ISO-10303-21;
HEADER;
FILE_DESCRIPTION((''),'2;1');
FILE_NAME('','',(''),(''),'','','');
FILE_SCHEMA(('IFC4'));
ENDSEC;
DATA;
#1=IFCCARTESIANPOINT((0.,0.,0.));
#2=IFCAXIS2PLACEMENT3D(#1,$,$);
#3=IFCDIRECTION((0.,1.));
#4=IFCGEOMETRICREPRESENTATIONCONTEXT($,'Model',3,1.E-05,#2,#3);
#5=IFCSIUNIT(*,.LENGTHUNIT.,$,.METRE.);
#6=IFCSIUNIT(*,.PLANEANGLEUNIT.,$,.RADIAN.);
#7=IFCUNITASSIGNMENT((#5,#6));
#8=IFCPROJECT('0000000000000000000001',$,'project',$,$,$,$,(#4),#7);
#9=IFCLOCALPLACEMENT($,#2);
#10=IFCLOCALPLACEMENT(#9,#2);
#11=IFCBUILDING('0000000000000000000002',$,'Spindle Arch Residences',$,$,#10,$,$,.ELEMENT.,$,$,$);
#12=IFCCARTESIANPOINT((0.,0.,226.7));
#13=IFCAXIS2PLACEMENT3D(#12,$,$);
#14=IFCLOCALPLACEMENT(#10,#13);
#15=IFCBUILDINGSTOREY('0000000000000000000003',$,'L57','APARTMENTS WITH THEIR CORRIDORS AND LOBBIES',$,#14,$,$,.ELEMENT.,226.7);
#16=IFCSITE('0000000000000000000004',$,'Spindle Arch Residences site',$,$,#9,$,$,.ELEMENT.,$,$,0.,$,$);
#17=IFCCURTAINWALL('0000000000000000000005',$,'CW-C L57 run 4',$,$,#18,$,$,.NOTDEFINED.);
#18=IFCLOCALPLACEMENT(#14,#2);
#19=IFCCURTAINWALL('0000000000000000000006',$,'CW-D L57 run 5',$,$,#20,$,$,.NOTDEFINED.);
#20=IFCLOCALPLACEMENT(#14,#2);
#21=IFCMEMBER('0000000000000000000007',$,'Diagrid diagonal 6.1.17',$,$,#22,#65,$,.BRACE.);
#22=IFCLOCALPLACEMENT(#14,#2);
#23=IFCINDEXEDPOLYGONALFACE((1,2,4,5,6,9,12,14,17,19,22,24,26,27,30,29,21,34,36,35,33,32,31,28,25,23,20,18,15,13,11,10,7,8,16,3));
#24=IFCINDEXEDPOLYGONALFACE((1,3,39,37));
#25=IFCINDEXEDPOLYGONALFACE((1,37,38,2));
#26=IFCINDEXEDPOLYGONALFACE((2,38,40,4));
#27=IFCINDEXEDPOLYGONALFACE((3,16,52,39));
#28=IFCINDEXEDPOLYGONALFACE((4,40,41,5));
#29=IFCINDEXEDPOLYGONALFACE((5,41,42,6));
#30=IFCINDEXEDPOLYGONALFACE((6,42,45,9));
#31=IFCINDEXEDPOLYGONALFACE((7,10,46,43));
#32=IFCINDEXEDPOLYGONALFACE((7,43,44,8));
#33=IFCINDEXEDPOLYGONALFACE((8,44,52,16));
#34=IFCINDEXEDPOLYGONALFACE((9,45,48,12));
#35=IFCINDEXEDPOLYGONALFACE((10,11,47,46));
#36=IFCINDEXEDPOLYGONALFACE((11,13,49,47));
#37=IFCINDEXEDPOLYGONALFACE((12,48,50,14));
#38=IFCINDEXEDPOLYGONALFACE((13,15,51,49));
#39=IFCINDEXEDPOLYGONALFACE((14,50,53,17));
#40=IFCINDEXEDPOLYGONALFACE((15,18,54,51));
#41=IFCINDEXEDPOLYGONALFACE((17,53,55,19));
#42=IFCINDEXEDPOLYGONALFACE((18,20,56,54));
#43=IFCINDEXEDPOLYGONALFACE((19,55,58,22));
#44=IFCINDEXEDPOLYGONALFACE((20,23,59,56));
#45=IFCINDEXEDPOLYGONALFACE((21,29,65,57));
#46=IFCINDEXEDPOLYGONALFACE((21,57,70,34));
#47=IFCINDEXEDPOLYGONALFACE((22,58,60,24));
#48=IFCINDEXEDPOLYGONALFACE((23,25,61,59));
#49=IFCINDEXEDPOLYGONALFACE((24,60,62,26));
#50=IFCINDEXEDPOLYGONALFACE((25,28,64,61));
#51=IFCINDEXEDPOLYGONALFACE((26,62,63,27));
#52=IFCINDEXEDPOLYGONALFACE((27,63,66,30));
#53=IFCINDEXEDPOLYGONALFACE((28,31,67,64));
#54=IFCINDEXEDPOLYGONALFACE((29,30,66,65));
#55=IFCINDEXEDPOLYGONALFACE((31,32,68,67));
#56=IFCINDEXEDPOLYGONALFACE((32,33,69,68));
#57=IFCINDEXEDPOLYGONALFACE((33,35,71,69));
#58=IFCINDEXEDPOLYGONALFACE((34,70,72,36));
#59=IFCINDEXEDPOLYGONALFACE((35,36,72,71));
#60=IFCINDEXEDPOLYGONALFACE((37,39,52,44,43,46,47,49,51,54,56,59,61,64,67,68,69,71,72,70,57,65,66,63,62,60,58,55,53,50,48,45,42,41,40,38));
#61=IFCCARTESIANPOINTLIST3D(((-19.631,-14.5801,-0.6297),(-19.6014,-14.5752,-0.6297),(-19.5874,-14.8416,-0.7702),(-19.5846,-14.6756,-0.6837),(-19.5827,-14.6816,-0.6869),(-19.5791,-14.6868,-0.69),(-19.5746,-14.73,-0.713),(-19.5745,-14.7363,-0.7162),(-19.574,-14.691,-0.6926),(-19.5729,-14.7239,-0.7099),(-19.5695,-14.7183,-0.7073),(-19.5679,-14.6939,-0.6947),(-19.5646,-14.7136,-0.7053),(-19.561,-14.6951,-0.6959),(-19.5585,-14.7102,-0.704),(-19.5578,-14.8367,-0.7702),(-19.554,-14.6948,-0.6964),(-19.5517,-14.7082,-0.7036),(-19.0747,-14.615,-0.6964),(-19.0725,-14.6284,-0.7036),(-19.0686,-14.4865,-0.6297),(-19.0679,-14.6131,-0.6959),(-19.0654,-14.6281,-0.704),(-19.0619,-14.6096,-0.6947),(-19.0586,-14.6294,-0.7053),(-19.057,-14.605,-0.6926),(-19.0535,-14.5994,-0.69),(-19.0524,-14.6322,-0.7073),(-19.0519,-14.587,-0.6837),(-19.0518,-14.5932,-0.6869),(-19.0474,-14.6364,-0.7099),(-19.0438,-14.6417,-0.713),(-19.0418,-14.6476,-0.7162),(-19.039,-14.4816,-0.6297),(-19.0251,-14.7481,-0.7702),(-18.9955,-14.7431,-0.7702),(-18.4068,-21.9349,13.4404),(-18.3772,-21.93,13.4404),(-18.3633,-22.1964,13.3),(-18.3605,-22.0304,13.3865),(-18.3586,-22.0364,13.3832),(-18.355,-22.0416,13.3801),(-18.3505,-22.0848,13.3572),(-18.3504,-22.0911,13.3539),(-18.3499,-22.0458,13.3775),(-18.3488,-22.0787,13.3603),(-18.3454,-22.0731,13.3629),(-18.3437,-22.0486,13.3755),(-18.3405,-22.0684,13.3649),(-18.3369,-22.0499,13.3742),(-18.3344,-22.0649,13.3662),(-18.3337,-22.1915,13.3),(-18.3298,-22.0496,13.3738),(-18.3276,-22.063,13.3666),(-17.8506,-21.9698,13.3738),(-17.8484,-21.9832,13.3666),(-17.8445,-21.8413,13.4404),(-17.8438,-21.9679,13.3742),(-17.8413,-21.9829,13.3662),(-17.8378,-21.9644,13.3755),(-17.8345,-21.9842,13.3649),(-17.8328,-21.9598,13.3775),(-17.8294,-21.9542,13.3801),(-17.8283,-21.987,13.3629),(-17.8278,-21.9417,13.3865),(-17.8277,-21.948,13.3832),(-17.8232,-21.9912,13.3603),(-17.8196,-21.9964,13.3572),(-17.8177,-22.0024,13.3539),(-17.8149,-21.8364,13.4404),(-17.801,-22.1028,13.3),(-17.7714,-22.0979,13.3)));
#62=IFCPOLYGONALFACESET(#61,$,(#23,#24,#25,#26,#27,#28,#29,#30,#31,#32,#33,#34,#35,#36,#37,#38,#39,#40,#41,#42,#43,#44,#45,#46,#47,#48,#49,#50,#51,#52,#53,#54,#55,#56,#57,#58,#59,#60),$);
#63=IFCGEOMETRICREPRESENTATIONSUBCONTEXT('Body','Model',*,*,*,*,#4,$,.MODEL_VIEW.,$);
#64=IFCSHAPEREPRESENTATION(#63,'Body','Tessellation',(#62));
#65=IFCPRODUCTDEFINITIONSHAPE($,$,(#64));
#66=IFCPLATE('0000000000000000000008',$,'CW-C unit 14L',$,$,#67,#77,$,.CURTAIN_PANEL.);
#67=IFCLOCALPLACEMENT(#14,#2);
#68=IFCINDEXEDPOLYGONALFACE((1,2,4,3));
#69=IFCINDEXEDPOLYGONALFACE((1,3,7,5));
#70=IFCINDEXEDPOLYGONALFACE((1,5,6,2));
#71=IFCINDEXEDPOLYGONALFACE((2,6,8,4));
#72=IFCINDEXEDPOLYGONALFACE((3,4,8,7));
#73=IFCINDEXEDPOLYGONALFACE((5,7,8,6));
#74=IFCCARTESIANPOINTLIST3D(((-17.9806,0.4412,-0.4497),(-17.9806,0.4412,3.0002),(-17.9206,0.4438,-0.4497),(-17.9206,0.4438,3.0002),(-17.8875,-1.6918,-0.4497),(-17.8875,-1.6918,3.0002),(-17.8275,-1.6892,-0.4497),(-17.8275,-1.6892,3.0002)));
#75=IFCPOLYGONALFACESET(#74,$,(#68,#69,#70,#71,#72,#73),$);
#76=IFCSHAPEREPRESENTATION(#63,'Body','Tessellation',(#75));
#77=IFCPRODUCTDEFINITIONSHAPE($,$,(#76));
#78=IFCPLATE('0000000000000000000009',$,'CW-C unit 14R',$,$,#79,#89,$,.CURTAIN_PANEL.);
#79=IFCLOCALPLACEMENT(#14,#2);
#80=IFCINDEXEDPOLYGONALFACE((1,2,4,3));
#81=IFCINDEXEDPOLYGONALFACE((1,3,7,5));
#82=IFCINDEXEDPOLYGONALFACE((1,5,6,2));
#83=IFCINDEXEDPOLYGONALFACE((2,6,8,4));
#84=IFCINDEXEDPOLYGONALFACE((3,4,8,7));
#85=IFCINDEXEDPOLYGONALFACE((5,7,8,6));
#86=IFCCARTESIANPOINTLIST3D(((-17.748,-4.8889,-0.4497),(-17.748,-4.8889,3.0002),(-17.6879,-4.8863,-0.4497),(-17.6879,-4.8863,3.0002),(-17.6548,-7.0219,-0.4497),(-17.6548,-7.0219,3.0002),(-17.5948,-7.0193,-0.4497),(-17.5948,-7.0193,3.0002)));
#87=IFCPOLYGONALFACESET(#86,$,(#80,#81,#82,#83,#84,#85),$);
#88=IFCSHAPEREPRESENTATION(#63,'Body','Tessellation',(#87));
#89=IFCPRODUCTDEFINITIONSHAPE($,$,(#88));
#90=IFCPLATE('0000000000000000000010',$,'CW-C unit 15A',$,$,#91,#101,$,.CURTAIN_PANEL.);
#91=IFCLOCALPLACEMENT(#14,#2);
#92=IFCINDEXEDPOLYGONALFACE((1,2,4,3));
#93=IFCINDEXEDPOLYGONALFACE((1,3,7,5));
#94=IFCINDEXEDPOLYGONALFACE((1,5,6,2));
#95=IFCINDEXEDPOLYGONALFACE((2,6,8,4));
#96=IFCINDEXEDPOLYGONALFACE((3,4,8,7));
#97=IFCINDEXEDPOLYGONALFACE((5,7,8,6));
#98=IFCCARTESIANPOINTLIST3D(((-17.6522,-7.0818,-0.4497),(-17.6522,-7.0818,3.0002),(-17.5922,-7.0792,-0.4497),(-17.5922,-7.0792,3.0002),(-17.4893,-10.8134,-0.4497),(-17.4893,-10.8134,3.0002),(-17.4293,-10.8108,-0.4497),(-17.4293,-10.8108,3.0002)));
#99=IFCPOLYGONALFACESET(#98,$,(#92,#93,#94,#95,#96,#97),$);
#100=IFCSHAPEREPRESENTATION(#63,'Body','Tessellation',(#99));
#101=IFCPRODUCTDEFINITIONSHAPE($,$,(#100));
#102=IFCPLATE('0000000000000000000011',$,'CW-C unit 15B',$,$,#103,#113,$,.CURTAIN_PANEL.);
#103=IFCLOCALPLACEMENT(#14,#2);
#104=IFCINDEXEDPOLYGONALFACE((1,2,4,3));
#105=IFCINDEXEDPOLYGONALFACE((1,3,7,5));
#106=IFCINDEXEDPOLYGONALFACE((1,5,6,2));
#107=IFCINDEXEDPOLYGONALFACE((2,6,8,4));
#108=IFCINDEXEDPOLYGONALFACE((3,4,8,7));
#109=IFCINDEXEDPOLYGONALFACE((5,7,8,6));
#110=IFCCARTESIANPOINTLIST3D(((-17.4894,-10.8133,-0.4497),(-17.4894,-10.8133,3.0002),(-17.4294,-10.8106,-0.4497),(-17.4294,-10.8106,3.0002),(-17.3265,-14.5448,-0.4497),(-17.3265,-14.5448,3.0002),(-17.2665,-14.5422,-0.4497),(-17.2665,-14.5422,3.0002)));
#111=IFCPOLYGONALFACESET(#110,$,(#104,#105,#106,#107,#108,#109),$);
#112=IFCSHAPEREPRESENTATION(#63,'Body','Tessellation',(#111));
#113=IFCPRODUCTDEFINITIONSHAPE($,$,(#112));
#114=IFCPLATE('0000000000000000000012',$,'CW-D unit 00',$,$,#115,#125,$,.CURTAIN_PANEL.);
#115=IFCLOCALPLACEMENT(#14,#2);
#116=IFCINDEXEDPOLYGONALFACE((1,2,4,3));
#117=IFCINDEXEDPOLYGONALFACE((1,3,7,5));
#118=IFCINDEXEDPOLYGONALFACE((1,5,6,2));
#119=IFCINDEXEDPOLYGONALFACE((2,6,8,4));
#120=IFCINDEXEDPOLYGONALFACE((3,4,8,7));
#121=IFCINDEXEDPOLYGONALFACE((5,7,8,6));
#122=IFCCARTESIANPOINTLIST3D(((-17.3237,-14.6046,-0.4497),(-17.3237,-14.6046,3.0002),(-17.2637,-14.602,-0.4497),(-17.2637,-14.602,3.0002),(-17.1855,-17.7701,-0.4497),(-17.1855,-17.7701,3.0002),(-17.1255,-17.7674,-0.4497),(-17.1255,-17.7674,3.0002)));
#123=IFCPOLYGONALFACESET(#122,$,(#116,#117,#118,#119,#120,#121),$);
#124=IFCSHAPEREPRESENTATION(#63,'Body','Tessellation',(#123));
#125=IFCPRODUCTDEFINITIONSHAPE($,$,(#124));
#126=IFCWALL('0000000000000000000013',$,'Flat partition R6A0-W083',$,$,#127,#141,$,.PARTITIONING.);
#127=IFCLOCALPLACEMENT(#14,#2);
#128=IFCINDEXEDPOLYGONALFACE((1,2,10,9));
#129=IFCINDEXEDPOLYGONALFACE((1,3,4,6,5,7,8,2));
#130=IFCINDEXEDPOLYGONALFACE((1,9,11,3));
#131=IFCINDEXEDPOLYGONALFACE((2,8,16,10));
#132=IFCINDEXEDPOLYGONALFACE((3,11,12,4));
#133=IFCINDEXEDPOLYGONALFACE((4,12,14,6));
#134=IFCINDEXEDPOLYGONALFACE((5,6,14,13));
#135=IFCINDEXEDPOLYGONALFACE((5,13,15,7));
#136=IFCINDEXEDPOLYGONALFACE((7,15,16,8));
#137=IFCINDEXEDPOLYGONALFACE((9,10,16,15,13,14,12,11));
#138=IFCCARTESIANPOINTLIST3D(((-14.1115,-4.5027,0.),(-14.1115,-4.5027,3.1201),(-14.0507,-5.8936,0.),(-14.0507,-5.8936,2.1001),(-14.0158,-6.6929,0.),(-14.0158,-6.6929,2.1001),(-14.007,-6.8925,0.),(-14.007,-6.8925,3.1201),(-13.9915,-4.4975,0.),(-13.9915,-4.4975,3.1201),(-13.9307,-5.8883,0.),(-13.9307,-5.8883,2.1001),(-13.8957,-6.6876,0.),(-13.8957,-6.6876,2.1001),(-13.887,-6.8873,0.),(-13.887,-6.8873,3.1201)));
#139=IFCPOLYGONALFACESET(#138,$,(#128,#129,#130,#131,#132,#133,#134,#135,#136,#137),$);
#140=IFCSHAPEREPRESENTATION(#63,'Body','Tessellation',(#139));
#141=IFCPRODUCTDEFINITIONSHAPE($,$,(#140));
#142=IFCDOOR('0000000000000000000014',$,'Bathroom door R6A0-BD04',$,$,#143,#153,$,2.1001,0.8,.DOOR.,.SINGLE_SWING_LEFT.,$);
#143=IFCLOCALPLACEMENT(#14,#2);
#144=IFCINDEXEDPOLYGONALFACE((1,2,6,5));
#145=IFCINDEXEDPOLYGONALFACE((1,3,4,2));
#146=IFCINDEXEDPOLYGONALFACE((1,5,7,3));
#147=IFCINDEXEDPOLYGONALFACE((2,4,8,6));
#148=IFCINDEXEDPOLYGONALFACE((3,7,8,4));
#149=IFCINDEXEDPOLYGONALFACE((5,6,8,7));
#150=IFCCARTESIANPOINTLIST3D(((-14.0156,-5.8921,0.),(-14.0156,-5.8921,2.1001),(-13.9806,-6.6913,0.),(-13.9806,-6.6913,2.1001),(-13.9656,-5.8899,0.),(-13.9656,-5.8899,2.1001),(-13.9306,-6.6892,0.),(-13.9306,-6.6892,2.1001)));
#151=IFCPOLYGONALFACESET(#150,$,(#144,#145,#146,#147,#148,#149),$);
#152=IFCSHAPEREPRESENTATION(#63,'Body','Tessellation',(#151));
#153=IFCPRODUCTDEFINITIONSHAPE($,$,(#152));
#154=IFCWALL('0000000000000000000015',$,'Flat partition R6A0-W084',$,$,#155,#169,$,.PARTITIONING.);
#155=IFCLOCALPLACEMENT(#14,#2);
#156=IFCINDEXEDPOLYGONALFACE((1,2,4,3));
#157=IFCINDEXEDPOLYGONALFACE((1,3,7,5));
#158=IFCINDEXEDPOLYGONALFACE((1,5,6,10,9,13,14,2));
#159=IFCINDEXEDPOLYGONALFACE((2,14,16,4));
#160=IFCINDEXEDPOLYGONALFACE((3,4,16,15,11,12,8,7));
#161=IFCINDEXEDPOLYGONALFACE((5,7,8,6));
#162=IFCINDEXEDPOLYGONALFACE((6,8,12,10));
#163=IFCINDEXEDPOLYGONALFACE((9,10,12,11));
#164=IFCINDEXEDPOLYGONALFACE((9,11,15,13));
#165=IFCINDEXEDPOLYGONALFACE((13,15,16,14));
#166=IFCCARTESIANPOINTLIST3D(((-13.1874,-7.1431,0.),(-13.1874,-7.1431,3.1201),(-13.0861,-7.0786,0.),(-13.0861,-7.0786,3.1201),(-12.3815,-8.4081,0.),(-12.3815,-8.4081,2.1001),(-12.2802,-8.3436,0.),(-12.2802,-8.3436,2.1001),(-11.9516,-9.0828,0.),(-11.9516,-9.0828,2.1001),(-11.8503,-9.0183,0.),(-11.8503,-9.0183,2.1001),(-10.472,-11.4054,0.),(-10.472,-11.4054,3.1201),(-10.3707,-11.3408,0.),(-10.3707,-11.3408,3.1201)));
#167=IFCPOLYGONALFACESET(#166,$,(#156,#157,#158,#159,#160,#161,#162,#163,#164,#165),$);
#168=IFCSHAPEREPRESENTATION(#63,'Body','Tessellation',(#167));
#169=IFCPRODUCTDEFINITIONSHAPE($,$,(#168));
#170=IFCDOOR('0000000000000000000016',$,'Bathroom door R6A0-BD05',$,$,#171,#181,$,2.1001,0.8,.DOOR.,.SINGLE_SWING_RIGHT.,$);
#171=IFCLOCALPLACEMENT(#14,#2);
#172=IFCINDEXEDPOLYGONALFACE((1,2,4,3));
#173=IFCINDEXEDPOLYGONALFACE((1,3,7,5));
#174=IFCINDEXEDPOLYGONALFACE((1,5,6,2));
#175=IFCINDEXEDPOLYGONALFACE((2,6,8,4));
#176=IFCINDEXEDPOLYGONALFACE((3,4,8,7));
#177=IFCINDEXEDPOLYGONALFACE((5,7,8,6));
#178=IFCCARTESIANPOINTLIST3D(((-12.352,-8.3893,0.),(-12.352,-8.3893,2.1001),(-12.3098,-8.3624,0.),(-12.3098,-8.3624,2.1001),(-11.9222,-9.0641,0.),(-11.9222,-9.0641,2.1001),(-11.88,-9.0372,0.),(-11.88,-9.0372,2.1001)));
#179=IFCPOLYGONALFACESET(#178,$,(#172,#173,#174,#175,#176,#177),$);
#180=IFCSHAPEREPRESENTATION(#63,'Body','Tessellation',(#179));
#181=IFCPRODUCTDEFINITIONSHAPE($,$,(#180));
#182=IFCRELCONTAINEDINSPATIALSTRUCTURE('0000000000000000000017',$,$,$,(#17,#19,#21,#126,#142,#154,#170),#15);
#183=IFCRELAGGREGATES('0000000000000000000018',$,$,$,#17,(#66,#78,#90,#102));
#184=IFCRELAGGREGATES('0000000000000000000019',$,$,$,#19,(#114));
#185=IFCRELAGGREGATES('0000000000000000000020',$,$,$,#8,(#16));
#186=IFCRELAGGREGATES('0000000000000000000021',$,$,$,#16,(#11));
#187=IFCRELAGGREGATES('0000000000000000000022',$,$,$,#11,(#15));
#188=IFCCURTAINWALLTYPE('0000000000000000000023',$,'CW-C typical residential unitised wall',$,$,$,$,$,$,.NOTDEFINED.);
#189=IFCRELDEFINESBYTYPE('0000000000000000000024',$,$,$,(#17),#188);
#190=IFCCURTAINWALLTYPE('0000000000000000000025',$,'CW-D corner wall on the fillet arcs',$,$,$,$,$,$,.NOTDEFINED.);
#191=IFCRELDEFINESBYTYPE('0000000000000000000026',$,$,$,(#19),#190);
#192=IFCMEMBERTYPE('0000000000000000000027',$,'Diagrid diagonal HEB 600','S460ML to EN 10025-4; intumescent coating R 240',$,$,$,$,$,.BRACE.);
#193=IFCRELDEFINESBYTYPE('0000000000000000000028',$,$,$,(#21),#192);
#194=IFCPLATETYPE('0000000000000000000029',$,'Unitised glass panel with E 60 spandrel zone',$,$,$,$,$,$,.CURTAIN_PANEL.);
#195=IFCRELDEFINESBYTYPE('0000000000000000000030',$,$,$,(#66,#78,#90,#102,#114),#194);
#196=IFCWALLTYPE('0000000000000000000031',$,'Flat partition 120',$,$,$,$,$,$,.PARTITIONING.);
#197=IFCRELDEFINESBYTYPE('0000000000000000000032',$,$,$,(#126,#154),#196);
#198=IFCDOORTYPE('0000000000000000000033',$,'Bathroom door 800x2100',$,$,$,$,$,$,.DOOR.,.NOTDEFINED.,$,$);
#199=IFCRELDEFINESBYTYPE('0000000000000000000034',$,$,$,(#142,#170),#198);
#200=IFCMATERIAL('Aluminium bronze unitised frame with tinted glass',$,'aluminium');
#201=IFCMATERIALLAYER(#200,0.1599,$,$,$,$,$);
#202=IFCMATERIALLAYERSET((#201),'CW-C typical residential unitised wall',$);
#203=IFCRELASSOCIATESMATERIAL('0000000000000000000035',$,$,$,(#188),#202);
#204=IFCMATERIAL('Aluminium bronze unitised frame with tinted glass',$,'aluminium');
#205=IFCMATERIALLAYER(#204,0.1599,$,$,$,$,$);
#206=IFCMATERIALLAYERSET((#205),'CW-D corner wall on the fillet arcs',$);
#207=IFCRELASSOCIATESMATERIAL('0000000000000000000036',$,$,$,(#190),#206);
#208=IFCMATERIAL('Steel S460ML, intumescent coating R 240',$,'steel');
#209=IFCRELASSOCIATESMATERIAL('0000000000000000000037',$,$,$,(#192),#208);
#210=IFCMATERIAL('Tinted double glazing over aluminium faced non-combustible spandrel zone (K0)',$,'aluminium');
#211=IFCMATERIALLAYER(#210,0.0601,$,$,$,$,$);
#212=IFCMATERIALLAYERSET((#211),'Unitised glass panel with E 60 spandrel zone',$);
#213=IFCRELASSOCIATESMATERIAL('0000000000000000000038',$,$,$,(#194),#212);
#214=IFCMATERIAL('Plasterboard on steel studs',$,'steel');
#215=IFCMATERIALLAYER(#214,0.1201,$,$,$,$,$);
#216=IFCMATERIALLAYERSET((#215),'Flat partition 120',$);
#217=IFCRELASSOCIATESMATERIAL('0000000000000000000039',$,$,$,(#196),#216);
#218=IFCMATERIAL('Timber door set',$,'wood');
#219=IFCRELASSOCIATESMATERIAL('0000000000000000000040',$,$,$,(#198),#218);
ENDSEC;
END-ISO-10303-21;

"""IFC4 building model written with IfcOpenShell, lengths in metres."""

from ifc_helpers import new_model, si_unit, direction, frame, frame_2d, origin, origin_2d, place, context, subcontext, project, spatial, rectangle, i_section, extrude, material, layer, layer_set, material_profile, profile_set, type_object, element, fill, aggregate, save


model = new_model("IFC4")

# Units and contexts
model_context = context("Model", 3, precision=1e-05, world=origin(), true_north=direction((0.0, 1.0)))
body_context = subcontext(model_context, "Body", "Model", "MODEL_VIEW")
ifc_project = project(units=[si_unit("LENGTHUNIT", "METRE"), si_unit("PLANEANGLEUNIT", "RADIAN")], contexts=[model_context])

# Site, building, storey
site_placement = place(None, origin())
site = spatial("IfcSite", under=ifc_project, at=site_placement, Name="Spindle Arch Residences site", CompositionType="ELEMENT", RefElevation=0.0)
building_placement = place(site_placement, origin())
building = spatial("IfcBuilding", under=site, at=building_placement, Name="Spindle Arch Residences", CompositionType="ELEMENT")
storey_placement = place(building_placement, frame((0.0, 0.0, 226.7)))
storey = spatial("IfcBuildingStorey", under=building, at=storey_placement, Name="L57", Description="APARTMENTS WITH THEIR CORRIDORS AND LOBBIES", CompositionType="ELEMENT", Elevation=226.7)

# Curtain wall
ifc_material_1 = material(Name="Aluminium bronze unitised frame with tinted glass", Category="aluminium")
ifc_layer_1 = layer(ifc_material_1, 0.1599)
ifc_layer_set_1 = layer_set([ifc_layer_1], Name="CW-C typical residential unitised wall")
curtain_wall_type_1 = type_object("IfcCurtainWallType", Name="CW-C typical residential unitised wall", PredefinedType="NOTDEFINED", material=ifc_layer_set_1)
curtain_wall_1_placement = place(storey_placement, origin())
curtain_wall_1 = element("IfcCurtainWall", 1, at=curtain_wall_1_placement, inside=storey, type_object=curtain_wall_type_1, Name="CW-C L57 run 4", PredefinedType="NOTDEFINED")

# Curtain wall
ifc_material_2 = material(Name="Aluminium bronze unitised frame with tinted glass", Category="aluminium")
ifc_layer_2 = layer(ifc_material_2, 0.1599)
ifc_layer_set_2 = layer_set([ifc_layer_2], Name="CW-D corner wall on the fillet arcs")
curtain_wall_type_2 = type_object("IfcCurtainWallType", Name="CW-D corner wall on the fillet arcs", PredefinedType="NOTDEFINED", material=ifc_layer_set_2)
curtain_wall_2_placement = place(storey_placement, origin())
curtain_wall_2 = element("IfcCurtainWall", 2, at=curtain_wall_2_placement, inside=storey, type_object=curtain_wall_type_2, Name="CW-D L57 run 5", PredefinedType="NOTDEFINED")

# Member
ifc_material_3 = material(Name="Steel S460ML, intumescent coating R 240", Category="steel")
ifc_material_profile_1 = material_profile(ifc_material_3, i_section(OverallWidth=0.3, OverallDepth=0.6001, WebThickness=0.0154, FlangeThickness=0.03, FilletRadius=0.0271, at=origin_2d()), Name="HEB 600")
ifc_profile_set_1 = profile_set([ifc_material_profile_1], Name="Steel S460ML, intumescent coating R 240")
member_type_1 = type_object("IfcMemberType", Name="Diagrid diagonal HEB 600", Description="S460ML to EN 10025-4; intumescent coating R 240", PredefinedType="BRACE", material=ifc_profile_set_1)
member_1_placement = place(storey_placement, frame((-19.3132, -14.6616, -0.7), z_axis=(0.076875, -0.46188, 0.883605), x_axis=(-0.145071, 0.871614, 0.468234)))
element("IfcMember", 3, at=member_1_placement, inside=storey, type_object=member_type_1, Name="Diagrid diagonal 6.1.17", PredefinedType="BRACE", context=body_context, shape_type="SweptSolid", body=[
    extrude(i_section(OverallWidth=0.3, OverallDepth=0.6001, WebThickness=0.0154, FlangeThickness=0.03, FilletRadius=0.0271, at=origin_2d()), origin(), (0.0, 0.0, 1.0), 15.9236),
])

# Plates
ifc_material_4 = material(Name="Tinted double glazing over aluminium faced non-combustible spandrel zone (K0)", Category="aluminium")
ifc_layer_3 = layer(ifc_material_4, 0.0601)
ifc_layer_set_3 = layer_set([ifc_layer_3], Name="Unitised glass panel with E 60 spandrel zone")
plate_type = type_object("IfcPlateType", Name="Unitised glass panel with E 60 spandrel zone", PredefinedType="CURTAIN_PANEL", material=ifc_layer_set_3)
plate_1_placement = place(storey_placement, frame((-17.9041, -0.624, -0.4497), z_axis=(0.0, 0.0, 1.0), x_axis=(0.043619, -0.999048, 0.0)))
plate_1 = element("IfcPlate", 4, at=plate_1_placement, type_object=plate_type, Name="CW-C unit 14L", PredefinedType="CURTAIN_PANEL", context=body_context, shape_type="SweptSolid", body=[
    extrude(rectangle(XDim=2.135, YDim=0.0601, at=origin_2d()), origin(), (0.0, 0.0, 1.0), 3.45),
])
plate_2_placement = place(storey_placement, frame((-17.6714, -5.9541, -0.4497), z_axis=(0.0, 0.0, 1.0), x_axis=(0.043619, -0.999048, 0.0)))
plate_2 = element("IfcPlate", 5, at=plate_2_placement, type_object=plate_type, Name="CW-C unit 14R", PredefinedType="CURTAIN_PANEL", context=body_context, shape_type="SweptSolid", body=[
    extrude(rectangle(XDim=2.135, YDim=0.0601, at=origin_2d()), origin(), (0.0, 0.0, 1.0), 3.45),
])
plate_3_placement = place(storey_placement, frame((-17.5408, -8.9463, -0.4497), z_axis=(0.0, 0.0, 1.0), x_axis=(0.043619, -0.999048, 0.0)))
plate_3 = element("IfcPlate", 6, at=plate_3_placement, type_object=plate_type, Name="CW-C unit 15A", PredefinedType="CURTAIN_PANEL", context=body_context, shape_type="SweptSolid", body=[
    extrude(rectangle(XDim=3.7351, YDim=0.0601, at=origin_2d()), origin(), (0.0, 0.0, 1.0), 3.45),
])
plate_4_placement = place(storey_placement, frame((-17.3779, -12.6777, -0.4497), z_axis=(0.0, 0.0, 1.0), x_axis=(0.043619, -0.999048, 0.0)))
plate_4 = element("IfcPlate", 7, at=plate_4_placement, type_object=plate_type, Name="CW-C unit 15B", PredefinedType="CURTAIN_PANEL", context=body_context, shape_type="SweptSolid", body=[
    extrude(rectangle(XDim=3.7351, YDim=0.0601, at=origin_2d()), origin(), (0.0, 0.0, 1.0), 3.45),
])
aggregate(curtain_wall_1, [plate_1, plate_2, plate_3, plate_4])
plate_5_placement = place(storey_placement, frame((-17.2246, -16.186, -0.4497), z_axis=(0.0, 0.0, 1.0), x_axis=(0.043619, -0.999048, 0.0)))
plate_5 = element("IfcPlate", 8, at=plate_5_placement, type_object=plate_type, Name="CW-D unit 00", PredefinedType="CURTAIN_PANEL", context=body_context, shape_type="SweptSolid", body=[
    extrude(rectangle(XDim=3.1685, YDim=0.0601, at=origin_2d()), origin(), (0.0, 0.0, 1.0), 3.45),
])
aggregate(curtain_wall_2, [plate_5])

# Walls, openings, doors
ifc_material_5 = material(Name="Plasterboard on steel studs", Category="steel")
ifc_layer_4 = layer(ifc_material_5, 0.1201)
ifc_layer_set_4 = layer_set([ifc_layer_4], Name="Flat partition 120")
wall_type_1 = type_object("IfcWallType", Name="Flat partition 120", PredefinedType="PARTITIONING", material=ifc_layer_set_4)
wall_1_placement = place(storey_placement, frame((-13.947, -6.8899, 0.0), z_axis=(0.0, 0.0, 1.0), x_axis=(-0.043681, 0.999046, 0.0)))
wall_1 = element("IfcWall", 9, at=wall_1_placement, inside=storey, type_object=wall_type_1, Name="Flat partition R6A0-W083", PredefinedType="PARTITIONING", context=body_context, shape_type="SweptSolid", body=[
    extrude(rectangle(XDim=2.3921, YDim=0.1201, at=frame_2d((1.196, 0.0))), origin(), (0.0, 0.0, 1.0), 3.1201),
])
opening_1_placement = place(wall_1_placement, frame((0.2, 0.0, 0.0)))
opening_1 = element("IfcOpeningElement", 10, at=opening_1_placement, cuts=wall_1, PredefinedType="OPENING", context=body_context, shape_type="SweptSolid", body=[
    extrude(rectangle(XDim=0.8, YDim=2.1001, at=frame_2d((0.3999, 1.05))), frame((0.0, 0.0701, 0.0), z_axis=(0.0, -1.0, 0.0), x_axis=(1.0, 0.0, 0.0)), (0.0, 0.0, 1.0), 0.1401),
])
ifc_material_6 = material(Name="Timber door set", Category="wood")
door_type_1 = type_object("IfcDoorType", Name="Bathroom door 800x2100", OperationType="NOTDEFINED", PredefinedType="DOOR", material=ifc_material_6)
door_1_placement = place(opening_1_placement, origin())
door_1 = element("IfcDoor", 11, at=door_1_placement, inside=storey, type_object=door_type_1, Name="Bathroom door R6A0-BD04", OperationType="SINGLE_SWING_LEFT", OverallHeight=2.1001, OverallWidth=0.8, PredefinedType="DOOR", context=body_context, shape_type="SweptSolid", body=[
    extrude(rectangle(XDim=0.8, YDim=2.1001, at=frame_2d((0.3999, 1.05))), frame((0.0, 0.0249, 0.0), z_axis=(0.0, -1.0, 0.0), x_axis=(1.0, 0.0, 0.0)), (0.0, 0.0, 1.0), 0.05),
])
fill(opening_1, door_1)
wall_2_placement = place(storey_placement, frame((-13.1367, -7.1108, 0.0), z_axis=(0.0, 0.0, 1.0), x_axis=(0.537301, -0.843391, 0.0)))
wall_2 = element("IfcWall", 12, at=wall_2_placement, inside=storey, type_object=wall_type_1, Name="Flat partition R6A0-W084", PredefinedType="PARTITIONING", context=body_context, shape_type="SweptSolid", body=[
    extrude(rectangle(XDim=5.0537, YDim=0.1201, at=frame_2d((2.5269, 0.0))), origin(), (0.0, 0.0, 1.0), 3.1201),
])
opening_2_placement = place(wall_2_placement, frame((1.5, 0.0, 0.0)))
opening_2 = element("IfcOpeningElement", 13, at=opening_2_placement, cuts=wall_2, PredefinedType="OPENING", context=body_context, shape_type="SweptSolid", body=[
    extrude(rectangle(XDim=0.8, YDim=2.1001, at=frame_2d((0.3999, 1.05))), frame((0.0, 0.0701, 0.0), z_axis=(0.0, -1.0, 0.0), x_axis=(1.0, 0.0, 0.0)), (0.0, 0.0, 1.0), 0.1401),
])
door_2_placement = place(opening_2_placement, origin())
door_2 = element("IfcDoor", 14, at=door_2_placement, inside=storey, type_object=door_type_1, Name="Bathroom door R6A0-BD05", OperationType="SINGLE_SWING_RIGHT", OverallHeight=2.1001, OverallWidth=0.8, PredefinedType="DOOR", context=body_context, shape_type="SweptSolid", body=[
    extrude(rectangle(XDim=0.8, YDim=2.1001, at=frame_2d((0.3999, 1.05))), frame((0.0, 0.0249, 0.0), z_axis=(0.0, -1.0, 0.0), x_axis=(1.0, 0.0, 0.0)), (0.0, 0.0, 1.0), 0.05),
])
fill(opening_2, door_2)

save(model, "model.ifc")
